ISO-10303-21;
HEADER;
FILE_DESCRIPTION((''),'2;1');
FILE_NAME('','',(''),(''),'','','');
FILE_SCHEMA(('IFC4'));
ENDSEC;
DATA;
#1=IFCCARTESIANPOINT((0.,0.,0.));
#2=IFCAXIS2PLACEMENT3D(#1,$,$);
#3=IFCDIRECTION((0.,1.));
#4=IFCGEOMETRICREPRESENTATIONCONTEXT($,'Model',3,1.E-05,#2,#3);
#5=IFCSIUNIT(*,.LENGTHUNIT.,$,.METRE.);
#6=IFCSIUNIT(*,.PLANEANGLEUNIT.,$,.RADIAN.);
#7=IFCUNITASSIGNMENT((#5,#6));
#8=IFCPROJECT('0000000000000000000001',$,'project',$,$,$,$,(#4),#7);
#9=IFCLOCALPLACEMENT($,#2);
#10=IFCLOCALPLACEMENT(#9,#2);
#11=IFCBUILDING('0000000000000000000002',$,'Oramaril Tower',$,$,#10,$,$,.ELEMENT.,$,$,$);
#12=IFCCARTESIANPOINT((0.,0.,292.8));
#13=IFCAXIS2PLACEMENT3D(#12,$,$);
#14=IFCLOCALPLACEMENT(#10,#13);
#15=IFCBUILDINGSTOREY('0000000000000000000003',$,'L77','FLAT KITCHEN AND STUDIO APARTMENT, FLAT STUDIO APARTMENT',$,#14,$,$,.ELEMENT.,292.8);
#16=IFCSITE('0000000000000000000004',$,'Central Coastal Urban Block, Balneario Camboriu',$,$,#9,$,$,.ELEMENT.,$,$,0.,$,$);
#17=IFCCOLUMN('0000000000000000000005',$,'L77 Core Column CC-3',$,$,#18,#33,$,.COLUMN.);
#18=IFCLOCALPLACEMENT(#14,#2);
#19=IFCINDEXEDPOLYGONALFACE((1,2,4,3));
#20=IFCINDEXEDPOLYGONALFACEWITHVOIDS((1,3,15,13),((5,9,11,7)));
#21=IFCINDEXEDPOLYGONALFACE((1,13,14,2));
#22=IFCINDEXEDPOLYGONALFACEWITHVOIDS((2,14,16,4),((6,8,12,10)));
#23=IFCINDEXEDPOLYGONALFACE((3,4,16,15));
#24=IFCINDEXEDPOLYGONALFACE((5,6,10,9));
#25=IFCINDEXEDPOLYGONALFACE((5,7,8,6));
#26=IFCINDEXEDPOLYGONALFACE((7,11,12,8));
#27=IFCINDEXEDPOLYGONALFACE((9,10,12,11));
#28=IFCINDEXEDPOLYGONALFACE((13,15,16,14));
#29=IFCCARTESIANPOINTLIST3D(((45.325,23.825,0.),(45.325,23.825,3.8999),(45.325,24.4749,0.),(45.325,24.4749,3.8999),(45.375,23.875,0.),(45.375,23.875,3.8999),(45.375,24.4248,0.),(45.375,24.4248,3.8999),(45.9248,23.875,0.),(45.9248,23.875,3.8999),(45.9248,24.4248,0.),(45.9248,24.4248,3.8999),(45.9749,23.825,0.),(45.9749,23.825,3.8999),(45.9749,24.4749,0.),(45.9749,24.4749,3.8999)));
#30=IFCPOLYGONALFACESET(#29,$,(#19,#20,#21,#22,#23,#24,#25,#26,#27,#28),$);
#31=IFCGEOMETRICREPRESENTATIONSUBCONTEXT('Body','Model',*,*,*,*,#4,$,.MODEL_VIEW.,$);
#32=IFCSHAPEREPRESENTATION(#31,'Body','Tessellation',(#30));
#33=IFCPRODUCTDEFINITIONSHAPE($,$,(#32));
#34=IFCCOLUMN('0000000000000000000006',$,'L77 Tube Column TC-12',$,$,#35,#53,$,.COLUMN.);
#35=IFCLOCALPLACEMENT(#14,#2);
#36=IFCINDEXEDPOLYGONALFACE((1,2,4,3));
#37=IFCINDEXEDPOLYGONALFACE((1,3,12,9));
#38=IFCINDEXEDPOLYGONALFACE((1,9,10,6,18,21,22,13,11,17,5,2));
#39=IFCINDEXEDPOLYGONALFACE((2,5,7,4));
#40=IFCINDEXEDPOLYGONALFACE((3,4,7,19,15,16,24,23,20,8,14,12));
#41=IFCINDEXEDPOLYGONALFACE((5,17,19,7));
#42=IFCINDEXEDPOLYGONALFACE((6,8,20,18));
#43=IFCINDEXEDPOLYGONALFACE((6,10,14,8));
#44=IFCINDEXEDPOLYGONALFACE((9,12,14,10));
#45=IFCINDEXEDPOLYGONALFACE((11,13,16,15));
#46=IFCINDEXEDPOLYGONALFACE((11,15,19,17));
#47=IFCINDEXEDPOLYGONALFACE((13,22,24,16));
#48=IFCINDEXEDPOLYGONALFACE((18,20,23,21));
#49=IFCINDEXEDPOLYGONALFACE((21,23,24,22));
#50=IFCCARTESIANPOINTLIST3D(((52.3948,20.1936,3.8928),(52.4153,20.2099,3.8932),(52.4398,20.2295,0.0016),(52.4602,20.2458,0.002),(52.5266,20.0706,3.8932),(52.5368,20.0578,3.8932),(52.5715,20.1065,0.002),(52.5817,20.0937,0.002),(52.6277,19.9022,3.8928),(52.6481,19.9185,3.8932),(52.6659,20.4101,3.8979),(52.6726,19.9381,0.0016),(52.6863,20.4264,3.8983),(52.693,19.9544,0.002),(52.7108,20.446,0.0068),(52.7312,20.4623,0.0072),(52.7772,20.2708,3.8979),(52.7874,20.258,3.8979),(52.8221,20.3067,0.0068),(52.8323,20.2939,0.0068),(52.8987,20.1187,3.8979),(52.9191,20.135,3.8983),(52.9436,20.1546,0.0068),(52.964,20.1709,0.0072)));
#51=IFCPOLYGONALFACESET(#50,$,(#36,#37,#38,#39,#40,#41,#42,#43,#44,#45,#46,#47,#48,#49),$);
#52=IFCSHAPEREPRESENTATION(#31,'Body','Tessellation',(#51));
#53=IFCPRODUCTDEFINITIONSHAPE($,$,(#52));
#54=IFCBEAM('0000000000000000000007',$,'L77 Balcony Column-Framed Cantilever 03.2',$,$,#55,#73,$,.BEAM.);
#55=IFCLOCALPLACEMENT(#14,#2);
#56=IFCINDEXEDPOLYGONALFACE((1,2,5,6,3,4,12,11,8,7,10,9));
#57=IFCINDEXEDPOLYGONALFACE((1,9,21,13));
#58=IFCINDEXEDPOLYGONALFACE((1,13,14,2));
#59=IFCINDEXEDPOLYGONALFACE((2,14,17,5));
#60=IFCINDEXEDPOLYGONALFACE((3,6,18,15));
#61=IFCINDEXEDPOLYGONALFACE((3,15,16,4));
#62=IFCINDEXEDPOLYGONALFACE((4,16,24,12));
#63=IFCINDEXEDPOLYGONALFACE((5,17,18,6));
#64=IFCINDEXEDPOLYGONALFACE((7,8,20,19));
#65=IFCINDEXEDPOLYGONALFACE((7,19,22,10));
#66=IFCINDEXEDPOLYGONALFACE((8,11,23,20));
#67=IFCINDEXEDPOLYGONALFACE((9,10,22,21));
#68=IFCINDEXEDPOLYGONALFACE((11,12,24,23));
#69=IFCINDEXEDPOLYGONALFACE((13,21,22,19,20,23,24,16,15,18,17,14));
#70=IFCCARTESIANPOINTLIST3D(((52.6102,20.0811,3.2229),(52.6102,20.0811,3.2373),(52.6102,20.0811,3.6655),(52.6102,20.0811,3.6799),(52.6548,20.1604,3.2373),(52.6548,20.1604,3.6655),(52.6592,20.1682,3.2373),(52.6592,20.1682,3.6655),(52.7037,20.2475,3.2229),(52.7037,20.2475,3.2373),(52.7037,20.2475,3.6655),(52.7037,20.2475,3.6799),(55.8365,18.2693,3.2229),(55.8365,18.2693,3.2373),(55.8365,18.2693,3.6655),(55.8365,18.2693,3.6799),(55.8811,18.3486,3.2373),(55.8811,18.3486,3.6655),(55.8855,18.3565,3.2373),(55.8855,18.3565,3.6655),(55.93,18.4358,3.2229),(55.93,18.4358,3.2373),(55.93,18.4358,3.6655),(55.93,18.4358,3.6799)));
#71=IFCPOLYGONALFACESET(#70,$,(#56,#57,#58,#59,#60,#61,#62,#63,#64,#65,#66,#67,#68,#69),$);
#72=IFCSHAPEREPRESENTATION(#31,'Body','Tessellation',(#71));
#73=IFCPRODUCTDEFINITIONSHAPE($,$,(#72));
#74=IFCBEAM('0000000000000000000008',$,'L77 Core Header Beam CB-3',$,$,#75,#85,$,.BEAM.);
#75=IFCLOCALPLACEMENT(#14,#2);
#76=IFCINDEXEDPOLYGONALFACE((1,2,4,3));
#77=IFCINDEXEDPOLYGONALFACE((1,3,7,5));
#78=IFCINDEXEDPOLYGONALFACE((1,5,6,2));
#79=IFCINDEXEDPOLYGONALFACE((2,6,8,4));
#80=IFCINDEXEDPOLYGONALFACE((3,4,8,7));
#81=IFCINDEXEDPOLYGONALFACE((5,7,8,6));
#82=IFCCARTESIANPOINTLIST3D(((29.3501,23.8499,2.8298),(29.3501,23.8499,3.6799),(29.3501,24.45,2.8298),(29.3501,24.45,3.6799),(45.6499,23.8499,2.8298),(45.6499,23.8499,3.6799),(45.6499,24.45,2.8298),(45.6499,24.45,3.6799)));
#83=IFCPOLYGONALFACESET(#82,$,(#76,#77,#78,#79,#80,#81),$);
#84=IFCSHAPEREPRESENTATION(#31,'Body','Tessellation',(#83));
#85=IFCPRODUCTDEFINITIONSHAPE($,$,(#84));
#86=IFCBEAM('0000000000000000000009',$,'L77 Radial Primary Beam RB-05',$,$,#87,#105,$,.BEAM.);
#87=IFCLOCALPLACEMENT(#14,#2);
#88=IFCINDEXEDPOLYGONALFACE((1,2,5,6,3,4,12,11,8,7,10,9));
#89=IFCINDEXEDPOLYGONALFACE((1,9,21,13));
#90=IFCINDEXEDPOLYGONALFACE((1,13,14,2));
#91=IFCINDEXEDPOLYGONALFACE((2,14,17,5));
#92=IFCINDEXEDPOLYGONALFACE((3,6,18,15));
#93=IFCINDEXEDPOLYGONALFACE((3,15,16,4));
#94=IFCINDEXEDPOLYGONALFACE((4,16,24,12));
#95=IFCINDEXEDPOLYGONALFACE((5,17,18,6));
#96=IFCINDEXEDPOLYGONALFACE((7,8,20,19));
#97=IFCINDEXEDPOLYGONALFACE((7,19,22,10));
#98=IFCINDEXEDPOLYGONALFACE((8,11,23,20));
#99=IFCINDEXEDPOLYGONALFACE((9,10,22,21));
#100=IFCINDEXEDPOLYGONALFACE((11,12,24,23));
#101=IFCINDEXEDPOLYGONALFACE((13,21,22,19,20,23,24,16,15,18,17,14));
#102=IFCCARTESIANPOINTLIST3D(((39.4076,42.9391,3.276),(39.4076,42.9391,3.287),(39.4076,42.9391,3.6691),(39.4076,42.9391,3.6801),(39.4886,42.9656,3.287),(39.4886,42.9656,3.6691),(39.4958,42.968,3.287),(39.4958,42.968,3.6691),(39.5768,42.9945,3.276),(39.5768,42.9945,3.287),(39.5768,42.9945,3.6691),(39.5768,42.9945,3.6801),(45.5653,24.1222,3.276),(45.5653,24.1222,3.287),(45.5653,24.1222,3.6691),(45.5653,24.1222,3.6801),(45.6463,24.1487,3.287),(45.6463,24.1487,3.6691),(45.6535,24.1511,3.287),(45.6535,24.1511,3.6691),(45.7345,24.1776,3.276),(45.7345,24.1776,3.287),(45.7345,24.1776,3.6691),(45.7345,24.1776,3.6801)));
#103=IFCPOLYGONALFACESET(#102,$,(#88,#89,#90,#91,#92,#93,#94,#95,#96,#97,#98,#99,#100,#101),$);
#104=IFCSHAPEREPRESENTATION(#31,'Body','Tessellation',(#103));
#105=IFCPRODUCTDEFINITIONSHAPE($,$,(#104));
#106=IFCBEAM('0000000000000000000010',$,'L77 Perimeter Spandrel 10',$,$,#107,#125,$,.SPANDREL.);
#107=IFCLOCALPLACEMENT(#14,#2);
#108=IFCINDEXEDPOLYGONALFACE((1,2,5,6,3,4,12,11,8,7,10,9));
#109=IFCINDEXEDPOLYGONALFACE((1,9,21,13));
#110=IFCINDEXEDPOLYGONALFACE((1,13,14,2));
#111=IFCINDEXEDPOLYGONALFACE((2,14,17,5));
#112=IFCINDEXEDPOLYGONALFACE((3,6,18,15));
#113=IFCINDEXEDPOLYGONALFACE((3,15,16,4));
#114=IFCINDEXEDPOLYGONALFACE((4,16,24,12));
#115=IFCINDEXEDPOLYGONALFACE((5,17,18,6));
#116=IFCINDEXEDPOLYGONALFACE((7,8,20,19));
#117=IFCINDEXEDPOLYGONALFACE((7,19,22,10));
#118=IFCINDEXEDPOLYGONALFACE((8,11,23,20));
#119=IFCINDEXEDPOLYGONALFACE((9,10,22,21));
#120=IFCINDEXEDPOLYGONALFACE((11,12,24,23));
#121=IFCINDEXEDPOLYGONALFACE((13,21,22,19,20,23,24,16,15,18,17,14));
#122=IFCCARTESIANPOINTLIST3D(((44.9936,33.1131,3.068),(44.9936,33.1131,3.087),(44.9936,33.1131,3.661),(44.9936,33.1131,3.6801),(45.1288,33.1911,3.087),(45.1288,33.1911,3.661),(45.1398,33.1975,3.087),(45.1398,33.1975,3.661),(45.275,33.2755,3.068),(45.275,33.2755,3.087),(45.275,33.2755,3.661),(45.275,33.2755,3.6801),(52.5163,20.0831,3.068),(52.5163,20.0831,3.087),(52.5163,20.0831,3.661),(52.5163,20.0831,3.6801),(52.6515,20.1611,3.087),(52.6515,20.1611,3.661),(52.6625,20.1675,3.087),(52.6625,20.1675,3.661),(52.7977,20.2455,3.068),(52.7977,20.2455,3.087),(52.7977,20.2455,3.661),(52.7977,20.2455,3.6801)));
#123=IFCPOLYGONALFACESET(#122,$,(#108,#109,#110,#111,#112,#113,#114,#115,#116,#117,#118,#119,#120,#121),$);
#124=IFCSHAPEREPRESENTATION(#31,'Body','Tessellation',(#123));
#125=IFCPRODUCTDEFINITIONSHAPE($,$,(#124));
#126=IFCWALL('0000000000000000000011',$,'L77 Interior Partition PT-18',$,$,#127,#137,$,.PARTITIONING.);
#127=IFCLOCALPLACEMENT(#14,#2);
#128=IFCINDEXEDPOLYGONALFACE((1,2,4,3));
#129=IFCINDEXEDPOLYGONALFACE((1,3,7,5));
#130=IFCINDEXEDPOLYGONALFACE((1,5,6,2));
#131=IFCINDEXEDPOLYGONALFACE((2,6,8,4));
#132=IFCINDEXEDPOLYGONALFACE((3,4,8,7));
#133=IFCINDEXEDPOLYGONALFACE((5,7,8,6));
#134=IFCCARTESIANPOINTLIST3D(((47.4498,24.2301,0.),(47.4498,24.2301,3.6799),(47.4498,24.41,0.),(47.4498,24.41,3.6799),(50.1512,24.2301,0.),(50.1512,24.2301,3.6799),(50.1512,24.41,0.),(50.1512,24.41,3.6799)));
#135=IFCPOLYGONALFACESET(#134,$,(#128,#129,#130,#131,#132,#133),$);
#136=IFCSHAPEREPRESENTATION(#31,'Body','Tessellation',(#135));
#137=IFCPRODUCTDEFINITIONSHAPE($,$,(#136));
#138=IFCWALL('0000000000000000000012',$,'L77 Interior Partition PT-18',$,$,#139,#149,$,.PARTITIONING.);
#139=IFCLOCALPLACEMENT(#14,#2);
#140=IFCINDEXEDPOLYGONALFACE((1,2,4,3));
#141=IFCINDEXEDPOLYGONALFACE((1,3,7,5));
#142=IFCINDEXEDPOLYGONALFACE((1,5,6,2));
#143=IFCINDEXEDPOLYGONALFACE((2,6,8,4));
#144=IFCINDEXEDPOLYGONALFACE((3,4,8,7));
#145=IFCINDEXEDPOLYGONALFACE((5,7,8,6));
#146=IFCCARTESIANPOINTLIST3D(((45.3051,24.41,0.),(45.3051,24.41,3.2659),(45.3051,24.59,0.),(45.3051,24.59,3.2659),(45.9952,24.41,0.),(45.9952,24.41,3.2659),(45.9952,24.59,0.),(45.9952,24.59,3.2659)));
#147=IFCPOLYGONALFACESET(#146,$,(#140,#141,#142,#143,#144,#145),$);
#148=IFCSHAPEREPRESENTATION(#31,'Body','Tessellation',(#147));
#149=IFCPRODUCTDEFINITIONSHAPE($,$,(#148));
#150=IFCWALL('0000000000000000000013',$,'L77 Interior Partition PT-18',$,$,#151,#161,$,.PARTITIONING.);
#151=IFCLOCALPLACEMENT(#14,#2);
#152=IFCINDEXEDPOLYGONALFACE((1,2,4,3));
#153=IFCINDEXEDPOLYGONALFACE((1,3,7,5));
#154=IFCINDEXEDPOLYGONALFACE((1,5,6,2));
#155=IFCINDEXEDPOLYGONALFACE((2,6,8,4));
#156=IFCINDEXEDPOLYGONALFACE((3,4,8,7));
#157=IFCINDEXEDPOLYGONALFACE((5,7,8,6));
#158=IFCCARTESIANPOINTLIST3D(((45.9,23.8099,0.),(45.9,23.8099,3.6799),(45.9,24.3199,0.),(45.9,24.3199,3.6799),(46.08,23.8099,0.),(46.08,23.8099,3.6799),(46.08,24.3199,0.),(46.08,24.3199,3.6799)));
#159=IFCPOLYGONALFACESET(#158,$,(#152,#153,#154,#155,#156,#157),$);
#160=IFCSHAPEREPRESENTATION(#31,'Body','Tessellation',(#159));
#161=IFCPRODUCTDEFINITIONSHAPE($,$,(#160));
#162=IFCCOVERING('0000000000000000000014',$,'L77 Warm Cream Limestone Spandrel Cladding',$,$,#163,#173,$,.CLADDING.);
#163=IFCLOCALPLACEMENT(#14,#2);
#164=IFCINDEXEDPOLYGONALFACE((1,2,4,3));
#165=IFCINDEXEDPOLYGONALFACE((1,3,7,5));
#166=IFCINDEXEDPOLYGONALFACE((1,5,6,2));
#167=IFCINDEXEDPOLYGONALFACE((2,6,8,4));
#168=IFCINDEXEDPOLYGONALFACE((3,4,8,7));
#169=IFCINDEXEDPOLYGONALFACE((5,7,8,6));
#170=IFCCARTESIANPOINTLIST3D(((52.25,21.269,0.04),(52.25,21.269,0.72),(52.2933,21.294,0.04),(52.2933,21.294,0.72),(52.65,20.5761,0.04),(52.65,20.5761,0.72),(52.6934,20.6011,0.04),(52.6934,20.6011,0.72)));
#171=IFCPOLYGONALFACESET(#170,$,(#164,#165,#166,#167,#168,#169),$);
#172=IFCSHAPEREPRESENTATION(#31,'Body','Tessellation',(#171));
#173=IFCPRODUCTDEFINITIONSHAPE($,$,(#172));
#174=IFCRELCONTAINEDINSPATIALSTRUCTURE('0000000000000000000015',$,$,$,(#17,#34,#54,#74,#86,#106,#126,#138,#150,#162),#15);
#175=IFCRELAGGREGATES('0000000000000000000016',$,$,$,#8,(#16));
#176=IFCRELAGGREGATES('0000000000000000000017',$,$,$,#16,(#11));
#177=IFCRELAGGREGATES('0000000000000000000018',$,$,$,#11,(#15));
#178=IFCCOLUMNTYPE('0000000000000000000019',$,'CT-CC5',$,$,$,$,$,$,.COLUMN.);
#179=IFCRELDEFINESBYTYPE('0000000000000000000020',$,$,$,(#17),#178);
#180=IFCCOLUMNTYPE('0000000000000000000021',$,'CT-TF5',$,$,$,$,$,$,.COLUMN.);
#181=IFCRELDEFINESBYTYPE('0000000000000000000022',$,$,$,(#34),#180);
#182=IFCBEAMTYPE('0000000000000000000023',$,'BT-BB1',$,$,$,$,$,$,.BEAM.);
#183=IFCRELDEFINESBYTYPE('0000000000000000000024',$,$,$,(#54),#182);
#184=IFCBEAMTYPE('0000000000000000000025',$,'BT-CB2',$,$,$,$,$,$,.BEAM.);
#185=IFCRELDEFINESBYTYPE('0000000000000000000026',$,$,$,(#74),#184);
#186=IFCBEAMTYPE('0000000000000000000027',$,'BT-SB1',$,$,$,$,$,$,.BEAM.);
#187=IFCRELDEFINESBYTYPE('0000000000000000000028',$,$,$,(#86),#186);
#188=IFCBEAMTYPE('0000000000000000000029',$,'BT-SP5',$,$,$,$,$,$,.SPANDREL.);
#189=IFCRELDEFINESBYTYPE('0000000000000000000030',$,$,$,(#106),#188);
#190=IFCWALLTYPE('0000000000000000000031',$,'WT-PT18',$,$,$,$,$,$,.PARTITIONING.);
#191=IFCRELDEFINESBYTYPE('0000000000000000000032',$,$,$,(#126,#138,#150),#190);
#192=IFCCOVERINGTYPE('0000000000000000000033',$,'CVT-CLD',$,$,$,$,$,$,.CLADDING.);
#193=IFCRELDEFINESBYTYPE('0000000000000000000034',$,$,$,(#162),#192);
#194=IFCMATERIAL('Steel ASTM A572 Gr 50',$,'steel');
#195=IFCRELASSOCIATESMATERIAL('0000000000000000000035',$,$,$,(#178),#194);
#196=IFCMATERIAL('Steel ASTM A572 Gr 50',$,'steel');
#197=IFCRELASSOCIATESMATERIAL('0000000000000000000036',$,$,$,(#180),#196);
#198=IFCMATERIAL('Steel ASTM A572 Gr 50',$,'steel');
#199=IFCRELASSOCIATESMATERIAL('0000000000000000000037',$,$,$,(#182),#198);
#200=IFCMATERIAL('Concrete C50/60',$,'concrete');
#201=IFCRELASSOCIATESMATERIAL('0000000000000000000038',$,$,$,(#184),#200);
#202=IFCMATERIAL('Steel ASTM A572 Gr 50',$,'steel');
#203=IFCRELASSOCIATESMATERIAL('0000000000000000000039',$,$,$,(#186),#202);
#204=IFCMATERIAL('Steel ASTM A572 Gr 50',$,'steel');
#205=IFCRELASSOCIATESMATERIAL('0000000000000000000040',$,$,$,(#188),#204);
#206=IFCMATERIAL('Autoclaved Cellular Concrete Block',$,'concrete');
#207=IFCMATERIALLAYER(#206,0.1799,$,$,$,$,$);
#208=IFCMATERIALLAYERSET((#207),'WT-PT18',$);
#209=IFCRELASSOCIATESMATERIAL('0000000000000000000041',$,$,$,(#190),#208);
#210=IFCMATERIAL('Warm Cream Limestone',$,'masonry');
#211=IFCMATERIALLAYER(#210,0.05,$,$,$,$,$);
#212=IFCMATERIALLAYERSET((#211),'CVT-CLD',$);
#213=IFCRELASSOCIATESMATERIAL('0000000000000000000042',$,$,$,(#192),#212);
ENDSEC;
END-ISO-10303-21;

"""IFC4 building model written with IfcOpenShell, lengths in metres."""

from ifc_helpers import new_model, si_unit, direction, frame, frame_2d, origin, origin_2d, place, context, subcontext, project, spatial, rectangle, hollow_rectangle, i_section, extrude, material, layer, layer_set, material_profile, profile_set, type_object, element, save


model = new_model("IFC4")

# Units and contexts
model_context = context("Model", 3, precision=1e-05, world=origin(), true_north=direction((0.0, 1.0)))
body_context = subcontext(model_context, "Body", "Model", "MODEL_VIEW")
ifc_project = project(units=[si_unit("LENGTHUNIT", "METRE"), si_unit("PLANEANGLEUNIT", "RADIAN")], contexts=[model_context])

# Site, building, storey
site_placement = place(None, origin())
site = spatial("IfcSite", under=ifc_project, at=site_placement, Name="Central Coastal Urban Block, Balneario Camboriu", CompositionType="ELEMENT", RefElevation=0.0)
building_placement = place(site_placement, origin())
building = spatial("IfcBuilding", under=site, at=building_placement, Name="Oramaril Tower", CompositionType="ELEMENT")
storey_placement = place(building_placement, frame((0.0, 0.0, 292.8)))
storey = spatial("IfcBuildingStorey", under=building, at=storey_placement, Name="L77", Description="FLAT KITCHEN AND STUDIO APARTMENT, FLAT STUDIO APARTMENT", CompositionType="ELEMENT", Elevation=292.8)

# Columns
ifc_material_1 = material(Name="Steel ASTM A572 Gr 50", Category="steel")
ifc_material_profile_1 = material_profile(ifc_material_1, hollow_rectangle(XDim=0.6499, YDim=0.6499, WallThickness=0.05, at=origin_2d()), Name="BOX650X650X50")
ifc_profile_set_1 = profile_set([ifc_material_profile_1], Name="Steel ASTM A572 Gr 50")
column_type_1 = type_object("IfcColumnType", Name="CT-CC5", PredefinedType="COLUMN", material=ifc_profile_set_1)
column_1_placement = place(storey_placement, frame((45.6499, 24.1499, 0.0), z_axis=(0.0, 0.0, 1.0), x_axis=(1.0, 0.0, 0.0)))
element("IfcColumn", 1, at=column_1_placement, inside=storey, type_object=column_type_1, Name="L77 Core Column CC-3", PredefinedType="COLUMN", context=body_context, shape_type="SweptSolid", body=[
    extrude(hollow_rectangle(XDim=0.6499, YDim=0.6499, WallThickness=0.05, at=origin_2d()), origin(), (0.0, 0.0, 1.0), 3.8999),
])
ifc_material_2 = material(Name="Steel ASTM A572 Gr 50", Category="steel")
ifc_material_profile_2 = material_profile(ifc_material_2, i_section(OverallWidth=0.373, OverallDepth=0.373, WebThickness=0.0164, FlangeThickness=0.0261, at=origin_2d()), Name="W14X132")
ifc_profile_set_2 = profile_set([ifc_material_profile_2], Name="Steel ASTM A572 Gr 50")
column_type_2 = type_object("IfcColumnType", Name="CT-TF5", PredefinedType="COLUMN", material=ifc_profile_set_2)
column_2_placement = place(storey_placement, frame((52.7019, 20.2002, 0.0044), z_axis=(-0.011543, -0.009222, 0.999891), x_axis=(0.624177, -0.781283, 0.0)))
element("IfcColumn", 2, at=column_2_placement, inside=storey, type_object=column_type_2, Name="L77 Tube Column TC-12", PredefinedType="COLUMN", context=body_context, shape_type="SweptSolid", body=[
    extrude(i_section(OverallWidth=0.373, OverallDepth=0.373, WebThickness=0.0164, FlangeThickness=0.0261, at=origin_2d()), origin(), (0.0, 0.0, 1.0), 3.8916),
])

# Beams
ifc_material_3 = material(Name="Steel ASTM A572 Gr 50", Category="steel")
ifc_material_profile_3 = material_profile(ifc_material_3, i_section(OverallWidth=0.1909, OverallDepth=0.457, WebThickness=0.009, FlangeThickness=0.0144, at=origin_2d()), Name="W18X50")
ifc_profile_set_3 = profile_set([ifc_material_profile_3], Name="Steel ASTM A572 Gr 50")
beam_type_1 = type_object("IfcBeamType", Name="BT-BB1", PredefinedType="BEAM", material=ifc_profile_set_3)
beam_1_placement = place(storey_placement, frame((52.657, 20.1643, 3.4514), z_axis=(0.871926, -0.489638, 0.0), x_axis=(0.489638, 0.871926, 0.0)))
element("IfcBeam", 3, at=beam_1_placement, inside=storey, type_object=beam_type_1, Name="L77 Balcony Column-Framed Cantilever 03.2", PredefinedType="BEAM", context=body_context, shape_type="SweptSolid", body=[
    extrude(i_section(OverallWidth=0.1909, OverallDepth=0.457, WebThickness=0.009, FlangeThickness=0.0144, at=origin_2d()), origin(), (0.0, 0.0, 1.0), 3.7002),
])
ifc_material_4 = material(Name="Concrete C50/60", Category="concrete")
ifc_material_profile_4 = material_profile(ifc_material_4, rectangle(XDim=0.6001, YDim=0.8501, at=origin_2d()), Name="CB600X850")
ifc_profile_set_4 = profile_set([ifc_material_profile_4], Name="Concrete C50/60")
beam_type_2 = type_object("IfcBeamType", Name="BT-CB2", PredefinedType="BEAM", material=ifc_profile_set_4)
beam_2_placement = place(storey_placement, frame((45.6499, 24.1499, 3.2549), z_axis=(-1.0, 0.0, 0.0), x_axis=(0.0, -1.0, 0.0)))
element("IfcBeam", 4, at=beam_2_placement, inside=storey, type_object=beam_type_2, Name="L77 Core Header Beam CB-3", PredefinedType="BEAM", context=body_context, shape_type="SweptSolid", body=[
    extrude(rectangle(XDim=0.6001, YDim=0.8501, at=origin_2d()), origin(), (0.0, 0.0, 1.0), 16.2998),
])
ifc_material_5 = material(Name="Steel ASTM A572 Gr 50", Category="steel")
ifc_material_profile_5 = material_profile(ifc_material_5, i_section(OverallWidth=0.178, OverallDepth=0.4041, WebThickness=0.0076, FlangeThickness=0.011, at=origin_2d()), Name="W16X36")
ifc_profile_set_5 = profile_set([ifc_material_profile_5], Name="Steel ASTM A572 Gr 50")
beam_type_3 = type_object("IfcBeamType", Name="BT-SB1", PredefinedType="BEAM", material=ifc_profile_set_5)
beam_3_placement = place(storey_placement, frame((45.6499, 24.1499, 3.478), z_axis=(-0.311014, 0.950405, 0.0), x_axis=(-0.950405, -0.311014, 0.0)))
element("IfcBeam", 5, at=beam_3_placement, inside=storey, type_object=beam_type_3, Name="L77 Radial Primary Beam RB-05", PredefinedType="BEAM", context=body_context, shape_type="SweptSolid", body=[
    extrude(i_section(OverallWidth=0.178, OverallDepth=0.4041, WebThickness=0.0076, FlangeThickness=0.011, at=origin_2d()), origin(), (0.0, 0.0, 1.0), 19.7988),
])
ifc_material_6 = material(Name="Steel ASTM A572 Gr 50", Category="steel")
ifc_material_profile_6 = material_profile(ifc_material_6, i_section(OverallWidth=0.325, OverallDepth=0.6121, WebThickness=0.0127, FlangeThickness=0.019, at=origin_2d()), Name="W24X104")
ifc_profile_set_6 = profile_set([ifc_material_profile_6], Name="Steel ASTM A572 Gr 50")
beam_type_4 = type_object("IfcBeamType", Name="BT-SP5", PredefinedType="SPANDREL", material=ifc_profile_set_6)
beam_4_placement = place(storey_placement, frame((52.657, 20.1643, 3.374), z_axis=(-0.499991, 0.866031, 0.0), x_axis=(-0.866031, -0.499991, 0.0)))
element("IfcBeam", 6, at=beam_4_placement, inside=storey, type_object=beam_type_4, Name="L77 Perimeter Spandrel 10", PredefinedType="SPANDREL", context=body_context, shape_type="SweptSolid", body=[
    extrude(i_section(OverallWidth=0.325, OverallDepth=0.6121, WebThickness=0.0127, FlangeThickness=0.019, at=origin_2d()), origin(), (0.0, 0.0, 1.0), 15.0457),
])

# Walls
ifc_material_7 = material(Name="Autoclaved Cellular Concrete Block", Category="concrete")
ifc_layer_1 = layer(ifc_material_7, 0.1799)
ifc_layer_set_1 = layer_set([ifc_layer_1], Name="WT-PT18")
wall_type = type_object("IfcWallType", Name="WT-PT18", PredefinedType="PARTITIONING", material=ifc_layer_set_1)
wall_1_placement = place(storey_placement, frame((47.45, 24.3201, 0.0), z_axis=(0.0, 0.0, 1.0), x_axis=(1.0, 0.0, 0.0)))
element("IfcWall", 7, at=wall_1_placement, inside=storey, type_object=wall_type, Name="L77 Interior Partition PT-18", PredefinedType="PARTITIONING", context=body_context, shape_type="SweptSolid", body=[
    extrude(rectangle(XDim=2.7014, YDim=0.1799, at=frame_2d((1.3506, 0.0))), origin(), (0.0, 0.0, 1.0), 3.6799),
])
wall_2_placement = place(storey_placement, frame((45.3049, 24.5, 0.0), z_axis=(0.0, 0.0, 1.0), x_axis=(1.0, 0.0, 0.0)))
element("IfcWall", 8, at=wall_2_placement, inside=storey, type_object=wall_type, Name="L77 Interior Partition PT-18", PredefinedType="PARTITIONING", context=body_context, shape_type="SweptSolid", body=[
    extrude(rectangle(XDim=0.6902, YDim=0.1799, at=frame_2d((0.3452, 0.0))), origin(), (0.0, 0.0, 1.0), 3.2659),
])
wall_3_placement = place(storey_placement, frame((45.99, 23.8101, 0.0), z_axis=(0.0, 0.0, 1.0), x_axis=(0.0, 1.0, 0.0)))
element("IfcWall", 9, at=wall_3_placement, inside=storey, type_object=wall_type, Name="L77 Interior Partition PT-18", PredefinedType="PARTITIONING", context=body_context, shape_type="SweptSolid", body=[
    extrude(rectangle(XDim=0.51, YDim=0.1799, at=frame_2d((0.2549, 0.0))), origin(), (0.0, 0.0, 1.0), 3.6799),
])

# Covering
ifc_material_8 = material(Name="Warm Cream Limestone", Category="masonry")
ifc_layer_2 = layer(ifc_material_8, 0.05)
ifc_layer_set_2 = layer_set([ifc_layer_2], Name="CVT-CLD")
covering_type = type_object("IfcCoveringType", Name="CVT-CLD", PredefinedType="CLADDING", material=ifc_layer_set_2)
covering_1_placement = place(storey_placement, frame((52.4717, 20.9351, 0.04), z_axis=(0.0, 0.0, 1.0), x_axis=(-0.5, 0.866025, 0.0)))
element("IfcCovering", 10, at=covering_1_placement, inside=storey, type_object=covering_type, Name="L77 Warm Cream Limestone Spandrel Cladding", PredefinedType="CLADDING", context=body_context, shape_type="SweptSolid", body=[
    extrude(rectangle(XDim=0.8, YDim=0.05, at=origin_2d()), origin(), (0.0, 0.0, 1.0), 0.6799),
])

save(model, "model.ifc")
